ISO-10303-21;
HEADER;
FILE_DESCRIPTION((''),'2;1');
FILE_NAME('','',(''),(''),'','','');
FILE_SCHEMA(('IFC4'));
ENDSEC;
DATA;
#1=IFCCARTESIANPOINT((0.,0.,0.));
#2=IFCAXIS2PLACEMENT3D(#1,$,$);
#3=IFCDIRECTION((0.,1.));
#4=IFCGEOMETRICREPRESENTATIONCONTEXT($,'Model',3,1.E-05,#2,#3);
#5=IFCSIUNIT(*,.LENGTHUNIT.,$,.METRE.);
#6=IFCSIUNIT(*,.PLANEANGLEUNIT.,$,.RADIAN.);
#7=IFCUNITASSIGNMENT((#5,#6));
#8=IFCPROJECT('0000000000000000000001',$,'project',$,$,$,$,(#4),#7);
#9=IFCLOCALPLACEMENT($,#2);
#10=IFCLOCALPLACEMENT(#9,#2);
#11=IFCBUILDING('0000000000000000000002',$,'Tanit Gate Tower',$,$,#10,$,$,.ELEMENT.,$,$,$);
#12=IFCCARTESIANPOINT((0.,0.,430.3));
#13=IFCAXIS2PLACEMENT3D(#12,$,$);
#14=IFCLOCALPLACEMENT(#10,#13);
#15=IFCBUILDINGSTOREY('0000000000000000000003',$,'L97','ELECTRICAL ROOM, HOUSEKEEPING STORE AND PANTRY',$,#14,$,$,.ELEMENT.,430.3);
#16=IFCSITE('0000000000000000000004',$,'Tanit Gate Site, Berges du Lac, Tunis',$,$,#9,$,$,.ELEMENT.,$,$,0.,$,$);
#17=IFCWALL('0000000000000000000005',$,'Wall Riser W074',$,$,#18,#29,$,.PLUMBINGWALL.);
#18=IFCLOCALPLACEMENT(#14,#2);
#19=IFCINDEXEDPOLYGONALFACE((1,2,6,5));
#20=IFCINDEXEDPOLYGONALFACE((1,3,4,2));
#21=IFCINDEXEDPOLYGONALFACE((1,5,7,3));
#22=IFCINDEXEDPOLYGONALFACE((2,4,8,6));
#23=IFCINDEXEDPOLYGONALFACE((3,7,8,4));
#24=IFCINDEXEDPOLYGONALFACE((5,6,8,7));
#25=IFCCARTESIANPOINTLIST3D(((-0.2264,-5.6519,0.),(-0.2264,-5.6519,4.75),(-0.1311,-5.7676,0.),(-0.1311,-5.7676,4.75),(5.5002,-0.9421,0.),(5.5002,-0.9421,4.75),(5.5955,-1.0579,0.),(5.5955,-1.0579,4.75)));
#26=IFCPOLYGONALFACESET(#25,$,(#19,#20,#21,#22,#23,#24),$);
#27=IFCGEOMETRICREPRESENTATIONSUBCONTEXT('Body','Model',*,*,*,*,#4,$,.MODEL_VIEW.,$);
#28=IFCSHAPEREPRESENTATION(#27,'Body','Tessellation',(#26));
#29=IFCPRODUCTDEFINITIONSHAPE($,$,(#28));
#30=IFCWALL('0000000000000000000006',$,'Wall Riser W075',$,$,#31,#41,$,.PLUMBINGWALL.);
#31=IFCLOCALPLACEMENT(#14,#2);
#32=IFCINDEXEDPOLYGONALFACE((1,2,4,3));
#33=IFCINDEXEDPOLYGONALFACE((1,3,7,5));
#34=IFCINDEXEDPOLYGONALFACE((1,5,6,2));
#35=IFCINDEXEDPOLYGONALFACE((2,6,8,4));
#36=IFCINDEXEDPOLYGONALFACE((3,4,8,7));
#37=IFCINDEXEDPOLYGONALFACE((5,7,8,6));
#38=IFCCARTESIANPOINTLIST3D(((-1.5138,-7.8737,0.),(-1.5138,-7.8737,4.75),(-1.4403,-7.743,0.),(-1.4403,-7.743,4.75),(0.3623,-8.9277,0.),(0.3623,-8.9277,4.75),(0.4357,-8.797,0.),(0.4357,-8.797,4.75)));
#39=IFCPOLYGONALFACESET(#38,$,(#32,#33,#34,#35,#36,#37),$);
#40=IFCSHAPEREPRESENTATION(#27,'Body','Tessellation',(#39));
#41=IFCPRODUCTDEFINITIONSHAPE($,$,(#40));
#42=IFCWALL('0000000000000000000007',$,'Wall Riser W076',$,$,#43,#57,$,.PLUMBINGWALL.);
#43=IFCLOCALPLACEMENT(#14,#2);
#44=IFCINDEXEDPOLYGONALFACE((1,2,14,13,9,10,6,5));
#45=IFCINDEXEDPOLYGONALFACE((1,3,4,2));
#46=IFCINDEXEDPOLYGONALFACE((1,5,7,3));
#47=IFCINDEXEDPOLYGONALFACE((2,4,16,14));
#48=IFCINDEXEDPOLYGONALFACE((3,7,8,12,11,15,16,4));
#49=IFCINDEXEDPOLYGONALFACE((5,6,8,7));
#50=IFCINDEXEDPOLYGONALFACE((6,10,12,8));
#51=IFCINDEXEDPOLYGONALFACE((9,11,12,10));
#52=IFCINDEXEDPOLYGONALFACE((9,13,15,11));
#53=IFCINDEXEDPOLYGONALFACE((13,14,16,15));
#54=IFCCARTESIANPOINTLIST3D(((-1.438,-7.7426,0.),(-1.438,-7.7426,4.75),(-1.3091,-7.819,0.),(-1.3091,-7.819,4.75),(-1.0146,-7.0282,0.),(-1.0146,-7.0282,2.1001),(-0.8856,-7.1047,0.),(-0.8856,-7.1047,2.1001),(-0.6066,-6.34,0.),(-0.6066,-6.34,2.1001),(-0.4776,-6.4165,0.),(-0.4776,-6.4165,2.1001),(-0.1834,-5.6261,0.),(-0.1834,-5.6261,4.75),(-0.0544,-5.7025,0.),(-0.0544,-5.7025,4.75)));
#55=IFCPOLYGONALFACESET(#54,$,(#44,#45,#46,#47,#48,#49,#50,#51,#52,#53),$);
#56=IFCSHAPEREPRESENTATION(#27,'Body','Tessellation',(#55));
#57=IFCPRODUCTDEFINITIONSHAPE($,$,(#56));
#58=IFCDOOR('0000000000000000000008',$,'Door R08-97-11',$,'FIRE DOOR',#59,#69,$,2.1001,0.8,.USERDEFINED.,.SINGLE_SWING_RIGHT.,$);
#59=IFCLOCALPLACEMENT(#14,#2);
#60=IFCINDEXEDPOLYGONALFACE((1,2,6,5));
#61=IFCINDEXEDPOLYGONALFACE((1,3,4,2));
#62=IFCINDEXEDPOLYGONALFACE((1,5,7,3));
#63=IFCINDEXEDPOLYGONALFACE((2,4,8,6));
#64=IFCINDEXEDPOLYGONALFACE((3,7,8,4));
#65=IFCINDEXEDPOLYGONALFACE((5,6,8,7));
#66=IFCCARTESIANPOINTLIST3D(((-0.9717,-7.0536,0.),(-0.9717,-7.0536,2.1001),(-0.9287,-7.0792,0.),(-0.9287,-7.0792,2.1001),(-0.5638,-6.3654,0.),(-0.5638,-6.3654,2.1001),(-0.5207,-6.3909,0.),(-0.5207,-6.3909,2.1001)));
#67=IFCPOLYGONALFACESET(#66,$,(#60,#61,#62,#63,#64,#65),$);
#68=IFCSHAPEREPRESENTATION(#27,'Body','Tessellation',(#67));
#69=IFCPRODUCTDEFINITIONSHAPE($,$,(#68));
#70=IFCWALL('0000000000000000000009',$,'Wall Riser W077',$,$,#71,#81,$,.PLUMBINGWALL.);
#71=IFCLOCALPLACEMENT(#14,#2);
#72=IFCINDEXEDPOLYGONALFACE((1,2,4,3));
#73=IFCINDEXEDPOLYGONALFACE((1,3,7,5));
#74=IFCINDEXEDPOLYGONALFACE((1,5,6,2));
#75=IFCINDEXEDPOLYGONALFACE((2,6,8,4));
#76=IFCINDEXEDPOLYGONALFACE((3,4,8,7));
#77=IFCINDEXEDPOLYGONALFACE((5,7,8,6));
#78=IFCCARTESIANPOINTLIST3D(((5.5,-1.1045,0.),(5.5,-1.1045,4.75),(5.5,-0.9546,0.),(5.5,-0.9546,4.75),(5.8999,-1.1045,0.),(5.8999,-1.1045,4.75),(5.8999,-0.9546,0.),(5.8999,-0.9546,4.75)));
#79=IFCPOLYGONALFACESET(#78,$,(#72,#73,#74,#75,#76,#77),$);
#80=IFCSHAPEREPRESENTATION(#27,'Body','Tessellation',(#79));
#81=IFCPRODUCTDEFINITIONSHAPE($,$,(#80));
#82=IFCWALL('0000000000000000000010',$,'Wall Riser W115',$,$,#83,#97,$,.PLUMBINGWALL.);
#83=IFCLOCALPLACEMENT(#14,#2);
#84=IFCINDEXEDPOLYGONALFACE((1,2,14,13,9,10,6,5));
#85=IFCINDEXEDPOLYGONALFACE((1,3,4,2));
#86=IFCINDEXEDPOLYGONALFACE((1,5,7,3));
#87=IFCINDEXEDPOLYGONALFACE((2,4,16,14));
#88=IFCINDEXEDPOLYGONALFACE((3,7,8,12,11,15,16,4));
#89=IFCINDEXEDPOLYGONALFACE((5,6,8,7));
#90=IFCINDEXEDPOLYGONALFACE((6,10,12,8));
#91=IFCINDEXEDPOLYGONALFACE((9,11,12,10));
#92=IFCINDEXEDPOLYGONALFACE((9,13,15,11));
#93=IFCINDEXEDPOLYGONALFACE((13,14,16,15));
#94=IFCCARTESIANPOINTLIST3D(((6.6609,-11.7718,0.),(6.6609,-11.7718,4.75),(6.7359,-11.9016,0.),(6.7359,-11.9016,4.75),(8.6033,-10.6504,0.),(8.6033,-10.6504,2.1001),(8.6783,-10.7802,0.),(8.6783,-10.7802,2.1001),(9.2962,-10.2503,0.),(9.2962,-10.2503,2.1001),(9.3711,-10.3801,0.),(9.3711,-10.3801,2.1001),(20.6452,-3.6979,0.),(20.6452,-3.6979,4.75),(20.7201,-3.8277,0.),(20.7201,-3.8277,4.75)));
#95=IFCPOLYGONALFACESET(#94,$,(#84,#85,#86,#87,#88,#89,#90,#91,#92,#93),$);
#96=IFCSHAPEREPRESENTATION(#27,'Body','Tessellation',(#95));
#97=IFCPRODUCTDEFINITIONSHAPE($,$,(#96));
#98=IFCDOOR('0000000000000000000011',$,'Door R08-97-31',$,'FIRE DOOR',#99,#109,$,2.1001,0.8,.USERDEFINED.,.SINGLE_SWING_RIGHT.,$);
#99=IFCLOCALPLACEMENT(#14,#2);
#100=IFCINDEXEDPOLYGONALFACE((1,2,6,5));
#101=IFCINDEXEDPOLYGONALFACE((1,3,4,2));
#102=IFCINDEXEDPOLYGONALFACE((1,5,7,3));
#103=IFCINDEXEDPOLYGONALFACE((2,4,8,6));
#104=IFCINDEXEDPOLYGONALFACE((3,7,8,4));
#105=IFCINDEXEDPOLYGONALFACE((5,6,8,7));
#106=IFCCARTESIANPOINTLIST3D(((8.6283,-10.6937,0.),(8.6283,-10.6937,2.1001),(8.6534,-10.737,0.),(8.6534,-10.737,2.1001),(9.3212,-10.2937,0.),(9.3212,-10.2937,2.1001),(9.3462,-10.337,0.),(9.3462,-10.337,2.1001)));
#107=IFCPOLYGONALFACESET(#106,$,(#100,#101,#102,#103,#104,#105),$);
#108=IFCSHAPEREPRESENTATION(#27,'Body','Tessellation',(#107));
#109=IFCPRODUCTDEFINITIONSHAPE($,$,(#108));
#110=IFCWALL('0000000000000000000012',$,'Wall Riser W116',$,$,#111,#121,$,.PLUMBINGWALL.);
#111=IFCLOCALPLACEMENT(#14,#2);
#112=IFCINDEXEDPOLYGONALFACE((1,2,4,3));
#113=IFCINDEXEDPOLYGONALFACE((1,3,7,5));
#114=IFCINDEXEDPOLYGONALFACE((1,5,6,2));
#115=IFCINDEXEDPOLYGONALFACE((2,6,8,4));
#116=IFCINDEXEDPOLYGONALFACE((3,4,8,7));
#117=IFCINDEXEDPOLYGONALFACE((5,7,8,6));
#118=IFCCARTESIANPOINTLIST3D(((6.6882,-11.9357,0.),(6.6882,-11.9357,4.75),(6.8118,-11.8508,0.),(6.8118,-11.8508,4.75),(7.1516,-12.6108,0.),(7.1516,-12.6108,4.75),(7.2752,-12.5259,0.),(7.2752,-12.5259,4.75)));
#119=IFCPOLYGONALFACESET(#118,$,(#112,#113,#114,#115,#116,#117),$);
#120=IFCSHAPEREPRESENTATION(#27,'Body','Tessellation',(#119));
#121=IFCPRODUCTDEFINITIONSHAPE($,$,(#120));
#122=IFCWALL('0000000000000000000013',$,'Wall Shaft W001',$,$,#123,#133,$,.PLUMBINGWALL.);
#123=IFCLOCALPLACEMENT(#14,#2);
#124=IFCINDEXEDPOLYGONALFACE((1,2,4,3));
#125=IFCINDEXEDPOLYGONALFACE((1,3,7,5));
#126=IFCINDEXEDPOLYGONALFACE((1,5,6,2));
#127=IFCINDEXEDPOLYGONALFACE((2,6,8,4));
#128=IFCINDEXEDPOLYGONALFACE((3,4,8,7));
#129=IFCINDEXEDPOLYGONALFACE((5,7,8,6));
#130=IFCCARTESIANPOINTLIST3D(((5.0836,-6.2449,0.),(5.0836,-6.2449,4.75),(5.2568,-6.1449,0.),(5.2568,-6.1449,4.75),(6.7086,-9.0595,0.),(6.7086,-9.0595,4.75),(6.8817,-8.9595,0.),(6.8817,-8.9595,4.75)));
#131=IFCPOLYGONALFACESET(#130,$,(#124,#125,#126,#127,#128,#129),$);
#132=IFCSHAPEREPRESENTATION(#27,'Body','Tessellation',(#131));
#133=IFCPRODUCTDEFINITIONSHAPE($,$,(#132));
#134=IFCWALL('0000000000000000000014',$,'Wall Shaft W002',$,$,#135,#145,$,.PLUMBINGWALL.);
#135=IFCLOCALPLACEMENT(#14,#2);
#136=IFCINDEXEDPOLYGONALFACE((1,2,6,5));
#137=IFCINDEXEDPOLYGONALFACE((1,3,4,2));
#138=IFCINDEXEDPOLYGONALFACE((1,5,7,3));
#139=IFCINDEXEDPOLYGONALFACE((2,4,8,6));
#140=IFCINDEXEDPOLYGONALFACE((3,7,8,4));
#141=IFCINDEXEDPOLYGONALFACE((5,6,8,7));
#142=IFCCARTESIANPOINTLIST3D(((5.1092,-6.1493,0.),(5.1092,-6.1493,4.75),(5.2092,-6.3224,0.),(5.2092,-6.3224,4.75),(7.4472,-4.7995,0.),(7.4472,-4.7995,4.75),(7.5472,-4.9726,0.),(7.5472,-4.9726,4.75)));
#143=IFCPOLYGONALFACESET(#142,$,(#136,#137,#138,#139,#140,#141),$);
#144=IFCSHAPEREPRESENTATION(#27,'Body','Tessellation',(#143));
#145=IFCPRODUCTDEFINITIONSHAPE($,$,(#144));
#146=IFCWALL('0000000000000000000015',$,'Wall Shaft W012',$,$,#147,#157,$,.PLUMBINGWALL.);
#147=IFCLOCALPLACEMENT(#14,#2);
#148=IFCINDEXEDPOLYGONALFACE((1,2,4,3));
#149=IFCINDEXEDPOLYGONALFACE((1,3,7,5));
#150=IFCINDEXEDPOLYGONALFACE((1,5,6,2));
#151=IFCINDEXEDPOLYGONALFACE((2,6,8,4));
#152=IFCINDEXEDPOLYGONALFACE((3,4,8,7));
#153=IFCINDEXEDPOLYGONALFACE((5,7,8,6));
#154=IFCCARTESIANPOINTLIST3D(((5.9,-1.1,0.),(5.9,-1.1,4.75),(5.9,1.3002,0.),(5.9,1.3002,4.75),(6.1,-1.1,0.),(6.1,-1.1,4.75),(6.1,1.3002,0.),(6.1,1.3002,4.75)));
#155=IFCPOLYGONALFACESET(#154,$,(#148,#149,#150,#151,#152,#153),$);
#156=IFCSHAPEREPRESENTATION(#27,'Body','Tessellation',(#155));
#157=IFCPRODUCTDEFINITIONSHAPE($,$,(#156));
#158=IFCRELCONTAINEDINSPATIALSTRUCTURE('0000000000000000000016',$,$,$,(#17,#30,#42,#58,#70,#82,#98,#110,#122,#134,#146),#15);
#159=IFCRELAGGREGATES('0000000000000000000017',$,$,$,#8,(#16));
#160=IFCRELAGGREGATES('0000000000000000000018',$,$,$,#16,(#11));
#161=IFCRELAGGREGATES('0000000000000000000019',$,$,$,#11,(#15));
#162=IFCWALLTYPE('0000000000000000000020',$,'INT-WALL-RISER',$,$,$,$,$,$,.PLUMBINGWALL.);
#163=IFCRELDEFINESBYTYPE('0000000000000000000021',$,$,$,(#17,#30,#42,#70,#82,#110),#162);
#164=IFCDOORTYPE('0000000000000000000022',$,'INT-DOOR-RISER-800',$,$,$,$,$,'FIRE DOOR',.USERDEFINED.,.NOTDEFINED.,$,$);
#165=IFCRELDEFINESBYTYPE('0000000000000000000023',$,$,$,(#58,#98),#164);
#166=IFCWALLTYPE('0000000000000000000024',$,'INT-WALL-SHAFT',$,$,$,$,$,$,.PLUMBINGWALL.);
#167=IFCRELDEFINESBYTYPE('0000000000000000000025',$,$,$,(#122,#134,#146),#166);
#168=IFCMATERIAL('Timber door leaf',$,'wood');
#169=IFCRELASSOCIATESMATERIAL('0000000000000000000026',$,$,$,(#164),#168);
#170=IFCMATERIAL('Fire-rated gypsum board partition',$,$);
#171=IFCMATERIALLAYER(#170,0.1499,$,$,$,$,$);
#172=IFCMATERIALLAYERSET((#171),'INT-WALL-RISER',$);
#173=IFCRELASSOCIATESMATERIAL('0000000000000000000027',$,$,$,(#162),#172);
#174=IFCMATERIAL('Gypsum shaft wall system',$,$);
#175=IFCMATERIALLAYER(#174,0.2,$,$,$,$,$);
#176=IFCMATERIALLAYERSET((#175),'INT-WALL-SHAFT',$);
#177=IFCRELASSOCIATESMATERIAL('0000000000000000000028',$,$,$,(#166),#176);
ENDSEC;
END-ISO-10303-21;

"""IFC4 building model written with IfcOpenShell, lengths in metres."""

from ifc_helpers import new_model, si_unit, direction, frame, frame_2d, origin, place, context, subcontext, project, spatial, rectangle, extrude, material, layer, layer_set, type_object, element, fill, save


model = new_model("IFC4")

# Units and contexts
model_context = context("Model", 3, precision=1e-05, world=origin(), true_north=direction((0.0, 1.0)))
body_context = subcontext(model_context, "Body", "Model", "MODEL_VIEW")
ifc_project = project(units=[si_unit("LENGTHUNIT", "METRE"), si_unit("PLANEANGLEUNIT", "RADIAN")], contexts=[model_context])

# Site, building, storey
site_placement = place(None, origin())
site = spatial("IfcSite", under=ifc_project, at=site_placement, Name="Tanit Gate Site, Berges du Lac, Tunis", CompositionType="ELEMENT", RefElevation=0.0)
building_placement = place(site_placement, origin())
building = spatial("IfcBuilding", under=site, at=building_placement, Name="Tanit Gate Tower", CompositionType="ELEMENT")
storey_placement = place(building_placement, frame((0.0, 0.0, 430.3)))
storey = spatial("IfcBuildingStorey", under=building, at=storey_placement, Name="L97", Description="ELECTRICAL ROOM, HOUSEKEEPING STORE AND PANTRY", CompositionType="ELEMENT", Elevation=430.3)

# Shared definitions
ifc_material_1 = material(Name="Timber door leaf", Category="wood")
door_type = type_object("IfcDoorType", Name="INT-DOOR-RISER-800", ElementType="FIRE DOOR", OperationType="NOTDEFINED", PredefinedType="USERDEFINED", material=ifc_material_1)

# Walls
ifc_material_2 = material(Name="Fire-rated gypsum board partition")
ifc_layer_1 = layer(ifc_material_2, 0.1499)
ifc_layer_set_1 = layer_set([ifc_layer_1], Name="INT-WALL-RISER")
wall_type_1 = type_object("IfcWallType", Name="INT-WALL-RISER", PredefinedType="PLUMBINGWALL", material=ifc_layer_set_1)
wall_1_placement = place(storey_placement, frame((5.5479, -1.0, 0.0), z_axis=(0.0, 0.0, 1.0), x_axis=(-0.772345, -0.635203, 0.0)))
element("IfcWall", 1, at=wall_1_placement, inside=storey, type_object=wall_type_1, Name="Wall Riser W074", PredefinedType="PLUMBINGWALL", context=body_context, shape_type="SweptSolid", body=[
    extrude(rectangle(XDim=7.4146, YDim=0.1499, at=frame_2d((3.7073, 0.0))), origin(), (0.0, 0.0, 1.0), 4.75),
])
wall_2_placement = place(storey_placement, frame((-1.4771, -7.8083, 0.0), z_axis=(0.0, 0.0, 1.0), x_axis=(0.87183, -0.489809, 0.0)))
element("IfcWall", 2, at=wall_2_placement, inside=storey, type_object=wall_type_1, Name="Wall Riser W075", PredefinedType="PLUMBINGWALL", context=body_context, shape_type="SweptSolid", body=[
    extrude(rectangle(XDim=2.1519, YDim=0.1499, at=frame_2d((1.0759, 0.0))), origin(), (0.0, 0.0, 1.0), 4.75),
])

# Wall, opening, door
wall_3_placement = place(storey_placement, frame((-0.1189, -5.6643, 0.0), z_axis=(0.0, 0.0, 1.0), x_axis=(-0.509936, -0.860213, 0.0)))
wall_3 = element("IfcWall", 3, at=wall_3_placement, inside=storey, type_object=wall_type_1, Name="Wall Riser W076", PredefinedType="PLUMBINGWALL", context=body_context, shape_type="SweptSolid", body=[
    extrude(rectangle(XDim=2.4604, YDim=0.1499, at=frame_2d((1.2302, 0.0))), origin(), (0.0, 0.0, 1.0), 4.75),
])
opening_1_placement = place(wall_3_placement, frame((0.8301, 0.0, 0.0)))
opening_1 = element("IfcOpeningElement", 4, at=opening_1_placement, cuts=wall_3, PredefinedType="OPENING", context=body_context, shape_type="SweptSolid", body=[
    extrude(rectangle(XDim=0.8, YDim=2.1001, at=frame_2d((0.3999, 1.05))), frame((0.0, 0.085, 0.0), z_axis=(0.0, -1.0, 0.0), x_axis=(1.0, 0.0, 0.0)), (0.0, 0.0, 1.0), 0.1699),
])
door_1_placement = place(opening_1_placement, origin())
door_1 = element("IfcDoor", 5, at=door_1_placement, inside=storey, type_object=door_type, Name="Door R08-97-11", ObjectType="FIRE DOOR", OperationType="SINGLE_SWING_RIGHT", OverallHeight=2.1001, OverallWidth=0.8, PredefinedType="USERDEFINED", context=body_context, shape_type="SweptSolid", body=[
    extrude(rectangle(XDim=0.8, YDim=2.1001, at=frame_2d((0.3999, 1.05))), frame((0.0, 0.0249, 0.0), z_axis=(0.0, -1.0, 0.0), x_axis=(1.0, 0.0, 0.0)), (0.0, 0.0, 1.0), 0.05),
])
fill(opening_1, door_1)

# Wall
wall_4_placement = place(storey_placement, frame((5.8999, -1.0295, 0.0), z_axis=(0.0, 0.0, 1.0), x_axis=(-1.0, 0.0, 0.0)))
element("IfcWall", 6, at=wall_4_placement, inside=storey, type_object=wall_type_1, Name="Wall Riser W077", PredefinedType="PLUMBINGWALL", context=body_context, shape_type="SweptSolid", body=[
    extrude(rectangle(XDim=0.3999, YDim=0.1499, at=frame_2d((0.2, 0.0))), origin(), (0.0, 0.0, 1.0), 4.75),
])

# Wall, opening, door
wall_5_placement = place(storey_placement, frame((6.6985, -11.8367, 0.0), z_axis=(0.0, 0.0, 1.0), x_axis=(0.866023, 0.500004, 0.0)))
wall_5 = element("IfcWall", 7, at=wall_5_placement, inside=storey, type_object=wall_type_1, Name="Wall Riser W115", PredefinedType="PLUMBINGWALL", context=body_context, shape_type="SweptSolid", body=[
    extrude(rectangle(XDim=16.1477, YDim=0.1499, at=frame_2d((8.0737, 0.0))), origin(), (0.0, 0.0, 1.0), 4.75),
])
opening_2_placement = place(wall_5_placement, frame((2.2429, 0.0, 0.0)))
opening_2 = element("IfcOpeningElement", 8, at=opening_2_placement, cuts=wall_5, PredefinedType="OPENING", context=body_context, shape_type="SweptSolid", body=[
    extrude(rectangle(XDim=0.8, YDim=2.1001, at=frame_2d((0.3999, 1.05))), frame((0.0, 0.085, 0.0), z_axis=(0.0, -1.0, 0.0), x_axis=(1.0, 0.0, 0.0)), (0.0, 0.0, 1.0), 0.1699),
])
door_2_placement = place(opening_2_placement, origin())
door_2 = element("IfcDoor", 9, at=door_2_placement, inside=storey, type_object=door_type, Name="Door R08-97-31", ObjectType="FIRE DOOR", OperationType="SINGLE_SWING_RIGHT", OverallHeight=2.1001, OverallWidth=0.8, PredefinedType="USERDEFINED", context=body_context, shape_type="SweptSolid", body=[
    extrude(rectangle(XDim=0.8, YDim=2.1001, at=frame_2d((0.3999, 1.05))), frame((0.0, 0.0249, 0.0), z_axis=(0.0, -1.0, 0.0), x_axis=(1.0, 0.0, 0.0)), (0.0, 0.0, 1.0), 0.05),
])
fill(opening_2, door_2)

# Walls
wall_6_placement = place(storey_placement, frame((7.2134, -12.5684, 0.0), z_axis=(0.0, 0.0, 1.0), x_axis=(-0.565934, 0.824451, 0.0)))
element("IfcWall", 10, at=wall_6_placement, inside=storey, type_object=wall_type_1, Name="Wall Riser W116", PredefinedType="PLUMBINGWALL", context=body_context, shape_type="SweptSolid", body=[
    extrude(rectangle(XDim=0.8188, YDim=0.1499, at=frame_2d((0.4094, 0.0))), origin(), (0.0, 0.0, 1.0), 4.75),
])
ifc_material_3 = material(Name="Gypsum shaft wall system")
ifc_layer_2 = layer(ifc_material_3, 0.2)
ifc_layer_set_2 = layer_set([ifc_layer_2], Name="INT-WALL-SHAFT")
wall_type_2 = type_object("IfcWallType", Name="INT-WALL-SHAFT", PredefinedType="PLUMBINGWALL", material=ifc_layer_set_2)
wall_7_placement = place(storey_placement, frame((6.7952, -9.0095, 0.0), z_axis=(0.0, 0.0, 1.0), x_axis=(-0.499985, 0.866034, 0.0)))
element("IfcWall", 11, at=wall_7_placement, inside=storey, type_object=wall_type_2, Name="Wall Shaft W001", PredefinedType="PLUMBINGWALL", context=body_context, shape_type="SweptSolid", body=[
    extrude(rectangle(XDim=3.25, YDim=0.2, at=frame_2d((1.625, 0.0))), origin(), (0.0, 0.0, 1.0), 4.75),
])
wall_8_placement = place(storey_placement, frame((5.1592, -6.2358, 0.0), z_axis=(0.0, 0.0, 1.0), x_axis=(0.866037, 0.499981, 0.0)))
element("IfcWall", 12, at=wall_8_placement, inside=storey, type_object=wall_type_2, Name="Wall Shaft W002", PredefinedType="PLUMBINGWALL", context=body_context, shape_type="SweptSolid", body=[
    extrude(rectangle(XDim=2.6997, YDim=0.2, at=frame_2d((1.3499, 0.0))), origin(), (0.0, 0.0, 1.0), 4.75),
])
wall_9_placement = place(storey_placement, frame((6.0, -1.1001, 0.0), z_axis=(0.0, 0.0, 1.0), x_axis=(0.0, 1.0, 0.0)))
element("IfcWall", 13, at=wall_9_placement, inside=storey, type_object=wall_type_2, Name="Wall Shaft W012", PredefinedType="PLUMBINGWALL", context=body_context, shape_type="SweptSolid", body=[
    extrude(rectangle(XDim=2.4001, YDim=0.2, at=frame_2d((1.2002, 0.0))), origin(), (0.0, 0.0, 1.0), 4.75),
])

save(model, "model.ifc")
